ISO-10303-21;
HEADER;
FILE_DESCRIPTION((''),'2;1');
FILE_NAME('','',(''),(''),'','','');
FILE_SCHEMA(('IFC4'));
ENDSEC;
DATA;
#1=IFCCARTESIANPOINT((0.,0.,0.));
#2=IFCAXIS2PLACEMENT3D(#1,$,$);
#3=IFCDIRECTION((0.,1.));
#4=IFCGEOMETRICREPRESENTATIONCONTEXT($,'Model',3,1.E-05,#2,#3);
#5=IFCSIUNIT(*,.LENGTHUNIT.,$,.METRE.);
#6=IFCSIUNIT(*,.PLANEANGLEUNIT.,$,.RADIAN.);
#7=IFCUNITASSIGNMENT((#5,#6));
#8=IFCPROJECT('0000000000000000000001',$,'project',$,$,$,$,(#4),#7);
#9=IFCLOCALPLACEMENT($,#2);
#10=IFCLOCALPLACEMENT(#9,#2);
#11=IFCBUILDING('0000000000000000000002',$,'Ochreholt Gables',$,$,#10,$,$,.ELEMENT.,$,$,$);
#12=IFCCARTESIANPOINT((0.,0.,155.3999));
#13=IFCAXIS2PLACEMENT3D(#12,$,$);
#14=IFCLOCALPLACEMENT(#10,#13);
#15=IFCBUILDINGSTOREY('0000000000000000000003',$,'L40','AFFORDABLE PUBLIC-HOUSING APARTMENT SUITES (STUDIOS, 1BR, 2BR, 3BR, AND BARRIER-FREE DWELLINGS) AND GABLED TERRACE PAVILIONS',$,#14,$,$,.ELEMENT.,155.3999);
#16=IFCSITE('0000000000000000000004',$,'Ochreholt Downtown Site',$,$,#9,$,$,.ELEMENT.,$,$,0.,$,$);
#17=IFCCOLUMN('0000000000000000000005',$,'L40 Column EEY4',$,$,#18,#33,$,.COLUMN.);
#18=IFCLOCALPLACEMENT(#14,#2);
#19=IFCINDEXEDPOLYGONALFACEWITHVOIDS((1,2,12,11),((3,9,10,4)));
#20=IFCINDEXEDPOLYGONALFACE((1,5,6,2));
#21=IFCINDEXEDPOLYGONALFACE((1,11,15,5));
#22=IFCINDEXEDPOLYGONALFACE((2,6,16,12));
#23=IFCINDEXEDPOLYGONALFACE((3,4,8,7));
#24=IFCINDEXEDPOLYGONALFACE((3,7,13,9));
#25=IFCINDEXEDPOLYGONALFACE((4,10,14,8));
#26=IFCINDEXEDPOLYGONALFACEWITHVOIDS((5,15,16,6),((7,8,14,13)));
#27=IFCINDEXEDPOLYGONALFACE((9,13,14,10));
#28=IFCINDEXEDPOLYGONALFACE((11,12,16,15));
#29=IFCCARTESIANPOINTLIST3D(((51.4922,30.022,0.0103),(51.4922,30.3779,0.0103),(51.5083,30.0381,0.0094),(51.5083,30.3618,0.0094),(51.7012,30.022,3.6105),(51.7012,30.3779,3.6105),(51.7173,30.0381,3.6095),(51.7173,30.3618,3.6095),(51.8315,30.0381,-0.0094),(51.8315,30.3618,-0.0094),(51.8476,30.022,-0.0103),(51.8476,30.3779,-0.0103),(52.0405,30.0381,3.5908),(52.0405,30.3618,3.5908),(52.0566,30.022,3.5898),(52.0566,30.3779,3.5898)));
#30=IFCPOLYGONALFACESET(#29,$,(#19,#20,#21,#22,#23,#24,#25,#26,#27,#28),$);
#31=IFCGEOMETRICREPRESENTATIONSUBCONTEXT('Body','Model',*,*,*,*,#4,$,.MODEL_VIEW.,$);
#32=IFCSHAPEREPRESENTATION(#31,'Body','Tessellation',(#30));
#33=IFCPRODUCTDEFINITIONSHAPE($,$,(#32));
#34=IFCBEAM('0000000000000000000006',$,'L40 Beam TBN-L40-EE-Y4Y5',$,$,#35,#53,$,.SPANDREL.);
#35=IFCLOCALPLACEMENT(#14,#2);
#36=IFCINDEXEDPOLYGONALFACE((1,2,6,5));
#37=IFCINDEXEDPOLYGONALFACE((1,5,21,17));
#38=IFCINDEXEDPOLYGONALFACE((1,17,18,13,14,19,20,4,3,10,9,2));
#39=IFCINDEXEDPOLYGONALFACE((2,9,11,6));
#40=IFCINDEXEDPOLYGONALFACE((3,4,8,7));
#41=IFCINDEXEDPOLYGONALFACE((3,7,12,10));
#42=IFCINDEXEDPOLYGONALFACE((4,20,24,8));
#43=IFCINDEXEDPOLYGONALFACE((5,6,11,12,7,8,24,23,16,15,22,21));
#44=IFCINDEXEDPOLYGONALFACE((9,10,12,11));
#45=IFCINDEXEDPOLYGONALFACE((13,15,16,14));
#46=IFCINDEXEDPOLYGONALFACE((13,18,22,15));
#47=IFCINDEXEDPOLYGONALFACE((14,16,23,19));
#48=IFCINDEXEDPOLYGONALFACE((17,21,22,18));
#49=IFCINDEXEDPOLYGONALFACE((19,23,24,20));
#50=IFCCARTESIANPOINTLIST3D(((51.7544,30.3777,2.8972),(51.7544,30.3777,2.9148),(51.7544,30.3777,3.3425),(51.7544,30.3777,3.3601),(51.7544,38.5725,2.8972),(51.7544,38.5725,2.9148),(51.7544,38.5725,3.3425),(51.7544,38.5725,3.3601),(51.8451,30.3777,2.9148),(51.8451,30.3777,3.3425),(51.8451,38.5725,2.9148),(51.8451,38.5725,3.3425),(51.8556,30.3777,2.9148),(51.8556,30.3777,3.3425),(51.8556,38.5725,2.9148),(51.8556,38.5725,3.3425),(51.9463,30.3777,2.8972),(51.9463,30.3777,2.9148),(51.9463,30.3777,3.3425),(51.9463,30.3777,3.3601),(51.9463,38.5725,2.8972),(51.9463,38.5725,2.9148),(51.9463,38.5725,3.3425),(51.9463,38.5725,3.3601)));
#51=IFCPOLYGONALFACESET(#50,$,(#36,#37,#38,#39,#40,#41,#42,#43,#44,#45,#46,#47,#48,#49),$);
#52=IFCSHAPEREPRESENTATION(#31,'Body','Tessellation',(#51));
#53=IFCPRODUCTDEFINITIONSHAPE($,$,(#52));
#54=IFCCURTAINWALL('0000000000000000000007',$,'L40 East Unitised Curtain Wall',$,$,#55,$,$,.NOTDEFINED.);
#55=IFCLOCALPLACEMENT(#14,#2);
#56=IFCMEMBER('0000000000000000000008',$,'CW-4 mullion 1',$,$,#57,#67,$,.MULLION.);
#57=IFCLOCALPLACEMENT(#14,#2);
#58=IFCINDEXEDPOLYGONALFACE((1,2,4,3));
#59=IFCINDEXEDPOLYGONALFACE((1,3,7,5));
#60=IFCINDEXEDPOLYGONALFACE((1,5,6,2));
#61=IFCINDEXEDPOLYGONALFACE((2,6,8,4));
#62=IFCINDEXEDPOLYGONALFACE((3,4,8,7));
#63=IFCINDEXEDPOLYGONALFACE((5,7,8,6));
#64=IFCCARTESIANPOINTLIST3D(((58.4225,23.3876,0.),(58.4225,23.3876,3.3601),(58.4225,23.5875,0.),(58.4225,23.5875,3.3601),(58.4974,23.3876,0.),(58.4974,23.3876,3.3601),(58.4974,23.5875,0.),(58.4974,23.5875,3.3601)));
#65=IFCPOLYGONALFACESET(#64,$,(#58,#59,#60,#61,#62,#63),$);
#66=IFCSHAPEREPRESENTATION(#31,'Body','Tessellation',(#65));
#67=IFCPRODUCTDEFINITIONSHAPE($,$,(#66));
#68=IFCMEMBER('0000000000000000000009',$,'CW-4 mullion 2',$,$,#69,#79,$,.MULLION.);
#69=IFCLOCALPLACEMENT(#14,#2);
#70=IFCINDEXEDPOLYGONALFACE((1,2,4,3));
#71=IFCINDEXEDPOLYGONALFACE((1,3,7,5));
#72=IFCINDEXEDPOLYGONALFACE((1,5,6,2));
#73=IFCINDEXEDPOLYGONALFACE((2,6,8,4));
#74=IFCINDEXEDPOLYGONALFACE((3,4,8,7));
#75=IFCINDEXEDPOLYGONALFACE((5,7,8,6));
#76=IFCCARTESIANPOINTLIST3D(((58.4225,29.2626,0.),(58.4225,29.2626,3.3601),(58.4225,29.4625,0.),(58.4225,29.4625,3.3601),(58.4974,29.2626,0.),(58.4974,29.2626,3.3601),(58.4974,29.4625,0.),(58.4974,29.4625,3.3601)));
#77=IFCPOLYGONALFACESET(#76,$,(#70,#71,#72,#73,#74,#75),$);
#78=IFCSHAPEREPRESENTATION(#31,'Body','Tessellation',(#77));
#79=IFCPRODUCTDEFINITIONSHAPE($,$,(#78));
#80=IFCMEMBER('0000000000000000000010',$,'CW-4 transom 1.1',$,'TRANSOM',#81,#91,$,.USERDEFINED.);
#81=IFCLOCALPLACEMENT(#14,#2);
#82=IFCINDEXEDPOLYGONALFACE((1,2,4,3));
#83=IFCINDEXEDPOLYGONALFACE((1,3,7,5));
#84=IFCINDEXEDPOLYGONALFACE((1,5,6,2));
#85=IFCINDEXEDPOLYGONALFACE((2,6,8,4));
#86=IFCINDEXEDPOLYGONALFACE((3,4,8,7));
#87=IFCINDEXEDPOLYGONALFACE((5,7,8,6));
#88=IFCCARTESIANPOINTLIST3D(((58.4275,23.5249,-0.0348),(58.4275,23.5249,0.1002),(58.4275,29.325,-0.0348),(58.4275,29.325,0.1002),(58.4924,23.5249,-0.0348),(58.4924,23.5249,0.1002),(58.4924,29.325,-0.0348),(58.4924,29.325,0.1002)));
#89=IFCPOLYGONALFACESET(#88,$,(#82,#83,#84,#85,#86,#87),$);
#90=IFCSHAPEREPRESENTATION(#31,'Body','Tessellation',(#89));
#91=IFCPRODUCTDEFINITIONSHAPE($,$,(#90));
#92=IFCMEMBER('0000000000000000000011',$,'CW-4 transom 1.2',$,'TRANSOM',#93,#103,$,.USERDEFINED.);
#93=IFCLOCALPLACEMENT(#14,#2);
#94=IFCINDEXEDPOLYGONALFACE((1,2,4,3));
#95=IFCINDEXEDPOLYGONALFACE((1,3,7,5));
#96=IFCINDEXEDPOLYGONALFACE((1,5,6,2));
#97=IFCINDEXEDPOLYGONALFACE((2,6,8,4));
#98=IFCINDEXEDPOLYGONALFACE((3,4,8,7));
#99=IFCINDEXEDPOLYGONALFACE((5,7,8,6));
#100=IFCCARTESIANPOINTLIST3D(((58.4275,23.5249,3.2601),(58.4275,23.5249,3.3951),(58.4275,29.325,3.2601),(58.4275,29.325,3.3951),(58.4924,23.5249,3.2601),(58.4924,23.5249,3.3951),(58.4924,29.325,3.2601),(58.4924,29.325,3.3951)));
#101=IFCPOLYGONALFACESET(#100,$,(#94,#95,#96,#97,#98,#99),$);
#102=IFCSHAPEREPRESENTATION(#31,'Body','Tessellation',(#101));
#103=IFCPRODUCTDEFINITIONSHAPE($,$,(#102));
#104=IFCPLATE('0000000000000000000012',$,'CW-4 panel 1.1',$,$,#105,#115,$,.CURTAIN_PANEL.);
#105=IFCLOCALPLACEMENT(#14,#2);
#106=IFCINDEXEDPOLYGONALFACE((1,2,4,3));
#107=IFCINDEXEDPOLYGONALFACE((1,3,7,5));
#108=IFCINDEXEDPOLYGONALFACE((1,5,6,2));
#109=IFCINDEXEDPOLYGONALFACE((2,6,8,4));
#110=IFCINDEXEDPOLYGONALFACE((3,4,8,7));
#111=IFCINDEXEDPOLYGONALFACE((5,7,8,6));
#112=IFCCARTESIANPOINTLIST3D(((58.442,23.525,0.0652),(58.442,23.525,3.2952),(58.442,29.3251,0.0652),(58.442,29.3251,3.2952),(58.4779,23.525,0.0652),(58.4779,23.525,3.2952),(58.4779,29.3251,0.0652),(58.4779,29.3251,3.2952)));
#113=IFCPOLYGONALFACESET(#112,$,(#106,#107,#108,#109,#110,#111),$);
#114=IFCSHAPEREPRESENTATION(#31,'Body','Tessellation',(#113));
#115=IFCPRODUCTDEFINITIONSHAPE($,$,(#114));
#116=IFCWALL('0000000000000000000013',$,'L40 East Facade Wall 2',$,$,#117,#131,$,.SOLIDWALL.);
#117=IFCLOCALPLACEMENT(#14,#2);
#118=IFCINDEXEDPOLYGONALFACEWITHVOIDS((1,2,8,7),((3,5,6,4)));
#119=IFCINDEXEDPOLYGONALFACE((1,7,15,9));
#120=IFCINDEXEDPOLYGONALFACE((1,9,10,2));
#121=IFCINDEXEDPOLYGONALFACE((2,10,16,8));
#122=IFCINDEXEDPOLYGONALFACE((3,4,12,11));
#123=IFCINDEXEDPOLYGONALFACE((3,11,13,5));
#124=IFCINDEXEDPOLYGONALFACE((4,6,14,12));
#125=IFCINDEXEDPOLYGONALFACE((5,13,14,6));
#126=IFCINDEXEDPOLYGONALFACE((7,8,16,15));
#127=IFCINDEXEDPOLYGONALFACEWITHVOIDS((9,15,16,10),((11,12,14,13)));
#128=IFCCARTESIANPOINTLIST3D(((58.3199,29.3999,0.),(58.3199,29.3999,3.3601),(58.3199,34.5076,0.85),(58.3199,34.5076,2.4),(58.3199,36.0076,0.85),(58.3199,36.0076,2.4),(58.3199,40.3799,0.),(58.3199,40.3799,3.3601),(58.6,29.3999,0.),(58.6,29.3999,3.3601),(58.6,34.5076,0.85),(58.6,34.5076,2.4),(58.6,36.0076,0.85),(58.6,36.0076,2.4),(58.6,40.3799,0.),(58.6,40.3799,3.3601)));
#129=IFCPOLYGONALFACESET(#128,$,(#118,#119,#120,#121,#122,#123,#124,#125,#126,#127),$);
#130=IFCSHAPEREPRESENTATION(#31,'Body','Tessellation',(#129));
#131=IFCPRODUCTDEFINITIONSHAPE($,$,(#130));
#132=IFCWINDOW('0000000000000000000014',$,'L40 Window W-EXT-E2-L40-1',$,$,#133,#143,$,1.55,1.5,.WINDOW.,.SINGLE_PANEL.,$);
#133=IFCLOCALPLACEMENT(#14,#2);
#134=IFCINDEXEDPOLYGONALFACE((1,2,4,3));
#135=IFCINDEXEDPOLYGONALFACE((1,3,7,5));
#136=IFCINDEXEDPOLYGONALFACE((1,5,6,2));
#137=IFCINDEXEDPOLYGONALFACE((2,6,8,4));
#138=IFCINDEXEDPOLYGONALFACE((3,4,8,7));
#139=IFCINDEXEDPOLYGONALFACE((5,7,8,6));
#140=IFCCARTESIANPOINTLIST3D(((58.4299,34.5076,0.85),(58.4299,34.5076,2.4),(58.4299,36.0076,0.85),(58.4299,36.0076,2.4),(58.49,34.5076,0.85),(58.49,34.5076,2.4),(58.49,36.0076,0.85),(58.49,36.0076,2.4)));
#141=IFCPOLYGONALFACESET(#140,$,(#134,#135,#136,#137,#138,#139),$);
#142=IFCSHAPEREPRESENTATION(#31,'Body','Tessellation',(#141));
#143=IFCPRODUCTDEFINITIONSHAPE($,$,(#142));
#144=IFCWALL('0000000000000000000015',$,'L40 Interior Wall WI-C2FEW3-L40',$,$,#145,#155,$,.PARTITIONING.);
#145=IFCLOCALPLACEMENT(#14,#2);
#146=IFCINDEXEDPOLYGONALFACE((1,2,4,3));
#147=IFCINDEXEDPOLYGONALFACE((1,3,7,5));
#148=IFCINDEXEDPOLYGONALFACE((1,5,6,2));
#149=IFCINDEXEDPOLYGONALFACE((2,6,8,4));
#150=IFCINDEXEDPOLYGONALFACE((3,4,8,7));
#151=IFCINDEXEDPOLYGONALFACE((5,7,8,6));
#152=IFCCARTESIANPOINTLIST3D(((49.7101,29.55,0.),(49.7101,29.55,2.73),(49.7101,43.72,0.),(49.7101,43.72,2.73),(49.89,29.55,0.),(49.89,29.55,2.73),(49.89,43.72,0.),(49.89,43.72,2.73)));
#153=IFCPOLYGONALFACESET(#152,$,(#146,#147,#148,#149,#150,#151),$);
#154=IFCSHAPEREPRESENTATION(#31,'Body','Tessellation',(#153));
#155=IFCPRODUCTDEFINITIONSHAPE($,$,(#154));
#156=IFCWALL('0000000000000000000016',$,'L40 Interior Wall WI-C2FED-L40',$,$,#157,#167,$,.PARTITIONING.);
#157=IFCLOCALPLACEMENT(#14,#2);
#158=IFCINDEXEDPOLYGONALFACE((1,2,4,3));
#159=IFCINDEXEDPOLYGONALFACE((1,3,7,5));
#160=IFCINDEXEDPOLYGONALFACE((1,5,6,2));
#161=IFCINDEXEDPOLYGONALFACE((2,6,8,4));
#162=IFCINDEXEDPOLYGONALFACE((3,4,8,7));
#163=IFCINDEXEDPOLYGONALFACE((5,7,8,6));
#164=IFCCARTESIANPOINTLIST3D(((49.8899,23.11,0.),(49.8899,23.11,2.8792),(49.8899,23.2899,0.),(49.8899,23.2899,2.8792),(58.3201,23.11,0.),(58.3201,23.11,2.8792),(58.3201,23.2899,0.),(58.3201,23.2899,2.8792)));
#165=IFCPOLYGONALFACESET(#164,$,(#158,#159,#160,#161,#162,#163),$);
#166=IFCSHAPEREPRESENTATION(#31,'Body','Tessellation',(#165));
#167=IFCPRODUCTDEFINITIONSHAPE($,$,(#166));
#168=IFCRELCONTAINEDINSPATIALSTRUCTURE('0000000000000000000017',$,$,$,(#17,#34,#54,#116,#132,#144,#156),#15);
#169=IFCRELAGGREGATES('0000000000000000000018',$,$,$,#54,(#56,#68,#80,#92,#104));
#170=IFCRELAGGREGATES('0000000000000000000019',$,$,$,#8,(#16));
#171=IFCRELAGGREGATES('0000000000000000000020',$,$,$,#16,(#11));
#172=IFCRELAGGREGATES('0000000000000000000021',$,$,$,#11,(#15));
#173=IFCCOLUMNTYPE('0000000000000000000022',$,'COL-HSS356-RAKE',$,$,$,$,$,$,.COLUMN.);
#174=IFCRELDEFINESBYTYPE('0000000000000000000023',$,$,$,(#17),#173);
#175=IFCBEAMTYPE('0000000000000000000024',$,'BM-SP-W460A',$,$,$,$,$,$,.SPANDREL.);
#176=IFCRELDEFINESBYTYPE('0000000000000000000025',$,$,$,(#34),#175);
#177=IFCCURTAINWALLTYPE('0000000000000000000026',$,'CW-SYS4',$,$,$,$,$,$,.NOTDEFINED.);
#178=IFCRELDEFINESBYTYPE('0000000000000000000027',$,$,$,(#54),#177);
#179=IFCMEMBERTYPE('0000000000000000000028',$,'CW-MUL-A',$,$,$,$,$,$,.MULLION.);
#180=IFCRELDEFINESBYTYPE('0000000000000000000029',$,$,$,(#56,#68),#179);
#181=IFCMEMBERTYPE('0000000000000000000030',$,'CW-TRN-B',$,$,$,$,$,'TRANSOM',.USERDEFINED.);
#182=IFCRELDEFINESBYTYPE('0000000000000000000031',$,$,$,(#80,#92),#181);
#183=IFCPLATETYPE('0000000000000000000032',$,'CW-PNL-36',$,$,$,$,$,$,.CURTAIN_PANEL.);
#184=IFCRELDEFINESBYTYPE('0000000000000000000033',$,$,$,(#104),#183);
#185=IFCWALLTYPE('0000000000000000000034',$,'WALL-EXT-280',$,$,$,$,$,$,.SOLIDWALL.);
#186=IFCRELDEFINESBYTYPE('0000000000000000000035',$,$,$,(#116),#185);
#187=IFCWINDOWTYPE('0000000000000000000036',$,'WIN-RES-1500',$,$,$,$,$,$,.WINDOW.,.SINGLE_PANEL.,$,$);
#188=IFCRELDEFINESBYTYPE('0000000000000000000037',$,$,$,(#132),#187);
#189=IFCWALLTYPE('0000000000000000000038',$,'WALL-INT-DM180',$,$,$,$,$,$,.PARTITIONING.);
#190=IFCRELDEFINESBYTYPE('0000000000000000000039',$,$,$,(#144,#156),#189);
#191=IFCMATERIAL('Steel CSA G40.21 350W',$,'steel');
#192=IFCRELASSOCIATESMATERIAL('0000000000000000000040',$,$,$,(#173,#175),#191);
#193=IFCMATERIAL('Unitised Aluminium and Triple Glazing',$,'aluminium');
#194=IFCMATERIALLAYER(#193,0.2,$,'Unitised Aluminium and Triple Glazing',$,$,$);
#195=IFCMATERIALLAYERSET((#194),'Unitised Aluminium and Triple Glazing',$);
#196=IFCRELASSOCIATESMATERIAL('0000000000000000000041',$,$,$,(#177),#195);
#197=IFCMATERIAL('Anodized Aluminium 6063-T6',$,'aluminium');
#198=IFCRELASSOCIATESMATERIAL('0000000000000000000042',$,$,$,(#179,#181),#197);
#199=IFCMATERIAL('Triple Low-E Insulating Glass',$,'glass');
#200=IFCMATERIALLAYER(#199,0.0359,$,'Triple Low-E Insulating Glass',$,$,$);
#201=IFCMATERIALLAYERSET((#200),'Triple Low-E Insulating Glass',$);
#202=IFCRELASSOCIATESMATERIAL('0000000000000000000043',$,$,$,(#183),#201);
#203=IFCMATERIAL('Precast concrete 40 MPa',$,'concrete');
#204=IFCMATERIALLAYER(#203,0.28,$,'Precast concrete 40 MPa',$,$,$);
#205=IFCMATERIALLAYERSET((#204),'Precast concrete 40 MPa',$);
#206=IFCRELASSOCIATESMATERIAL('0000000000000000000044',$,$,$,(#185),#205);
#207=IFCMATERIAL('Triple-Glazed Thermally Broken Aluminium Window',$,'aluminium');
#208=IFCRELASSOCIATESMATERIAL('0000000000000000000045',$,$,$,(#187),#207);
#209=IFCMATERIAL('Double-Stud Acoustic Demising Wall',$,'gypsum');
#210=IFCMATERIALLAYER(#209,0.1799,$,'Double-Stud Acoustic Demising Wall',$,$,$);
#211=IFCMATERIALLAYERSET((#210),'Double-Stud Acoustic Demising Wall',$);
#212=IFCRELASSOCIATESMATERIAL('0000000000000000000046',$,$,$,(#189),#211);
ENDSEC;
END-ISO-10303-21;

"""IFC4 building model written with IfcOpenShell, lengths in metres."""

from ifc_helpers import new_model, si_unit, direction, frame, frame_2d, origin, origin_2d, place, context, subcontext, project, spatial, rectangle, hollow_rectangle, i_section, extrude, material, layer, layer_set, material_profile, profile_set, type_object, element, fill, aggregate, save


model = new_model("IFC4")

# Units and contexts
model_context = context("Model", 3, precision=1e-05, world=origin(), true_north=direction((0.0, 1.0)))
body_context = subcontext(model_context, "Body", "Model", "MODEL_VIEW")
ifc_project = project(units=[si_unit("LENGTHUNIT", "METRE"), si_unit("PLANEANGLEUNIT", "RADIAN")], contexts=[model_context])

# Site, building, storey
site_placement = place(None, origin())
site = spatial("IfcSite", under=ifc_project, at=site_placement, Name="Ochreholt Downtown Site", CompositionType="ELEMENT", RefElevation=0.0)
building_placement = place(site_placement, origin())
building = spatial("IfcBuilding", under=site, at=building_placement, Name="Ochreholt Gables", CompositionType="ELEMENT")
storey_placement = place(building_placement, frame((0.0, 0.0, 155.3999)))
storey = spatial("IfcBuildingStorey", under=building, at=storey_placement, Name="L40", Description="AFFORDABLE PUBLIC-HOUSING APARTMENT SUITES (STUDIOS, 1BR, 2BR, 3BR, AND BARRIER-FREE DWELLINGS) AND GABLED TERRACE PAVILIONS", CompositionType="ELEMENT", Elevation=155.3999)

# Column
ifc_material_1 = material(Name="Steel CSA G40.21 350W", Category="steel")
ifc_material_profile_1 = material_profile(ifc_material_1, hollow_rectangle(XDim=0.356, YDim=0.356, WallThickness=0.0161, at=origin_2d()), Name="HSS356X356X16")
ifc_profile_set_1 = profile_set([ifc_material_profile_1], Name="Steel CSA G40.21 350W")
column_type = type_object("IfcColumnType", Name="COL-HSS356-RAKE", PredefinedType="COLUMN", material=ifc_profile_set_1)
column_placement = place(storey_placement, frame((51.6699, 30.2, 0.0), z_axis=(0.057952, 0.0, 0.998319), x_axis=(0.0, 1.0, 0.0)))
element("IfcColumn", 1, at=column_placement, inside=storey, type_object=column_type, Name="L40 Column EEY4", PredefinedType="COLUMN", context=body_context, shape_type="SweptSolid", body=[
    extrude(hollow_rectangle(XDim=0.356, YDim=0.356, WallThickness=0.0161, at=origin_2d()), origin(), (0.0, 0.0, 1.0), 3.6062),
])

# Beam
ifc_material_profile_2 = material_profile(ifc_material_1, i_section(OverallWidth=0.1919, OverallDepth=0.4629, WebThickness=0.0105, FlangeThickness=0.0176, at=origin_2d()), Name="W460X89")
ifc_profile_set_2 = profile_set([ifc_material_profile_2], Name="Steel CSA G40.21 350W")
beam_type = type_object("IfcBeamType", Name="BM-SP-W460A", PredefinedType="SPANDREL", material=ifc_profile_set_2)
beam_placement = place(storey_placement, frame((51.8503, 30.3777, 3.1287), z_axis=(0.0, 1.0, 0.0), x_axis=(-1.0, 0.0, 0.0)))
element("IfcBeam", 2, at=beam_placement, inside=storey, type_object=beam_type, Name="L40 Beam TBN-L40-EE-Y4Y5", PredefinedType="SPANDREL", context=body_context, shape_type="SweptSolid", body=[
    extrude(i_section(OverallWidth=0.1919, OverallDepth=0.4629, WebThickness=0.0105, FlangeThickness=0.0176, at=origin_2d()), origin(), (0.0, 0.0, 1.0), 8.1948),
])

# Curtain wall, members, plate
ifc_material_2 = material(Name="Unitised Aluminium and Triple Glazing", Category="aluminium")
ifc_layer_1 = layer(ifc_material_2, 0.2, Name="Unitised Aluminium and Triple Glazing")
ifc_layer_set_1 = layer_set([ifc_layer_1], Name="Unitised Aluminium and Triple Glazing")
curtain_wall_type = type_object("IfcCurtainWallType", Name="CW-SYS4", PredefinedType="NOTDEFINED", material=ifc_layer_set_1)
curtain_wall_placement = place(storey_placement, origin())
curtain_wall = element("IfcCurtainWall", 3, at=curtain_wall_placement, inside=storey, type_object=curtain_wall_type, Name="L40 East Unitised Curtain Wall", PredefinedType="NOTDEFINED")
ifc_material_3 = material(Name="Anodized Aluminium 6063-T6", Category="aluminium")
ifc_material_profile_3 = material_profile(ifc_material_3, rectangle(XDim=0.075, YDim=0.2, at=origin_2d()), Name="CWM75X200")
ifc_profile_set_3 = profile_set([ifc_material_profile_3], Name="Anodized Aluminium 6063-T6")
member_type_1 = type_object("IfcMemberType", Name="CW-MUL-A", PredefinedType="MULLION", material=ifc_profile_set_3)
member_1_placement = place(storey_placement, frame((58.46, 23.4875, 0.0), z_axis=(0.0, 0.0, 1.0), x_axis=(-1.0, 0.0, 0.0)))
member_1 = element("IfcMember", 4, at=member_1_placement, type_object=member_type_1, Name="CW-4 mullion 1", PredefinedType="MULLION", context=body_context, shape_type="SweptSolid", body=[
    extrude(rectangle(XDim=0.075, YDim=0.2, at=origin_2d()), origin(), (0.0, 0.0, 1.0), 3.3601),
])
member_2_placement = place(storey_placement, frame((58.46, 29.3625, 0.0), z_axis=(0.0, 0.0, 1.0), x_axis=(-1.0, 0.0, 0.0)))
member_2 = element("IfcMember", 5, at=member_2_placement, type_object=member_type_1, Name="CW-4 mullion 2", PredefinedType="MULLION", context=body_context, shape_type="SweptSolid", body=[
    extrude(rectangle(XDim=0.075, YDim=0.2, at=origin_2d()), origin(), (0.0, 0.0, 1.0), 3.3601),
])
ifc_material_profile_4 = material_profile(ifc_material_3, rectangle(XDim=0.0649, YDim=0.135, at=origin_2d()), Name="CWT65X135")
ifc_profile_set_4 = profile_set([ifc_material_profile_4], Name="Anodized Aluminium 6063-T6")
member_type_2 = type_object("IfcMemberType", Name="CW-TRN-B", ElementType="TRANSOM", PredefinedType="USERDEFINED", material=ifc_profile_set_4)
member_3_placement = place(storey_placement, frame((58.46, 23.5249, 0.0327), z_axis=(0.0, 1.0, 0.0), x_axis=(-1.0, 0.0, 0.0)))
member_3 = element("IfcMember", 6, at=member_3_placement, type_object=member_type_2, Name="CW-4 transom 1.1", ObjectType="TRANSOM", PredefinedType="USERDEFINED", context=body_context, shape_type="SweptSolid", body=[
    extrude(rectangle(XDim=0.0649, YDim=0.135, at=origin_2d()), origin(), (0.0, 0.0, 1.0), 5.8),
])
member_4_placement = place(storey_placement, frame((58.46, 23.5249, 3.3276), z_axis=(0.0, 1.0, 0.0), x_axis=(-1.0, 0.0, 0.0)))
member_4 = element("IfcMember", 7, at=member_4_placement, type_object=member_type_2, Name="CW-4 transom 1.2", ObjectType="TRANSOM", PredefinedType="USERDEFINED", context=body_context, shape_type="SweptSolid", body=[
    extrude(rectangle(XDim=0.0649, YDim=0.135, at=origin_2d()), origin(), (0.0, 0.0, 1.0), 5.8),
])
ifc_material_4 = material(Name="Triple Low-E Insulating Glass", Category="glass")
ifc_layer_2 = layer(ifc_material_4, 0.0359, Name="Triple Low-E Insulating Glass")
ifc_layer_set_2 = layer_set([ifc_layer_2], Name="Triple Low-E Insulating Glass")
plate_type = type_object("IfcPlateType", Name="CW-PNL-36", PredefinedType="CURTAIN_PANEL", material=ifc_layer_set_2)
plate_placement = place(storey_placement, frame((58.46, 26.425, 0.0652), z_axis=(0.0, 0.0, 1.0), x_axis=(0.0, 1.0, 0.0)))
plate = element("IfcPlate", 8, at=plate_placement, type_object=plate_type, Name="CW-4 panel 1.1", PredefinedType="CURTAIN_PANEL", context=body_context, shape_type="SweptSolid", body=[
    extrude(rectangle(XDim=5.8, YDim=0.0359, at=origin_2d()), origin(), (0.0, 0.0, 1.0), 3.23),
])
aggregate(curtain_wall, [member_1, member_2, member_3, member_4, plate])

# Wall, opening, window
ifc_material_5 = material(Name="Precast concrete 40 MPa", Category="concrete")
ifc_layer_3 = layer(ifc_material_5, 0.28, Name="Precast concrete 40 MPa")
ifc_layer_set_3 = layer_set([ifc_layer_3], Name="Precast concrete 40 MPa")
wall_type_1 = type_object("IfcWallType", Name="WALL-EXT-280", PredefinedType="SOLIDWALL", material=ifc_layer_set_3)
wall_1_placement = place(storey_placement, frame((58.46, 29.3999, 0.0), z_axis=(0.0, 0.0, 1.0), x_axis=(0.0, 1.0, 0.0)))
wall_1 = element("IfcWall", 9, at=wall_1_placement, inside=storey, type_object=wall_type_1, Name="L40 East Facade Wall 2", PredefinedType="SOLIDWALL", context=body_context, shape_type="SweptSolid", body=[
    extrude(rectangle(XDim=10.98, YDim=0.28, at=frame_2d((5.49, 0.0))), origin(), (0.0, 0.0, 1.0), 3.3601),
])
opening_1_placement = place(wall_1_placement, frame((5.1077, 0.0, 0.8501)))
opening_1 = element("IfcOpeningElement", 10, at=opening_1_placement, cuts=wall_1, PredefinedType="OPENING", context=body_context, shape_type="SweptSolid", body=[
    extrude(rectangle(XDim=1.5, YDim=1.55, at=frame_2d((0.75, 0.7749))), frame((0.0, 0.1499, 0.0), z_axis=(0.0, -1.0, 0.0), x_axis=(1.0, 0.0, 0.0)), (0.0, 0.0, 1.0), 0.3),
])
ifc_material_6 = material(Name="Triple-Glazed Thermally Broken Aluminium Window", Category="aluminium")
window_type = type_object("IfcWindowType", Name="WIN-RES-1500", PartitioningType="SINGLE_PANEL", PredefinedType="WINDOW", material=ifc_material_6)
window_placement = place(opening_1_placement, origin())
window = element("IfcWindow", 11, at=window_placement, inside=storey, type_object=window_type, Name="L40 Window W-EXT-E2-L40-1", OverallHeight=1.55, OverallWidth=1.5, PartitioningType="SINGLE_PANEL", PredefinedType="WINDOW", context=body_context, shape_type="SweptSolid", body=[
    extrude(rectangle(XDim=1.5, YDim=1.55, at=frame_2d((0.75, 0.7749))), frame((0.0, 0.03, 0.0), z_axis=(0.0, -1.0, 0.0), x_axis=(1.0, 0.0, 0.0)), (0.0, 0.0, 1.0), 0.0601),
])
fill(opening_1, window)

# Walls
ifc_material_7 = material(Name="Double-Stud Acoustic Demising Wall", Category="gypsum")
ifc_layer_4 = layer(ifc_material_7, 0.1799, Name="Double-Stud Acoustic Demising Wall")
ifc_layer_set_4 = layer_set([ifc_layer_4], Name="Double-Stud Acoustic Demising Wall")
wall_type_2 = type_object("IfcWallType", Name="WALL-INT-DM180", PredefinedType="PARTITIONING", material=ifc_layer_set_4)
wall_2_placement = place(storey_placement, frame((49.8, 29.55, 0.0), z_axis=(0.0, 0.0, 1.0), x_axis=(0.0, 1.0, 0.0)))
element("IfcWall", 12, at=wall_2_placement, inside=storey, type_object=wall_type_2, Name="L40 Interior Wall WI-C2FEW3-L40", PredefinedType="PARTITIONING", context=body_context, shape_type="SweptSolid", body=[
    extrude(rectangle(XDim=14.1699, YDim=0.1799, at=frame_2d((7.085, 0.0))), origin(), (0.0, 0.0, 1.0), 2.73),
])
wall_3_placement = place(storey_placement, frame((49.8899, 23.2, 0.0), z_axis=(0.0, 0.0, 1.0), x_axis=(1.0, 0.0, 0.0)))
element("IfcWall", 13, at=wall_3_placement, inside=storey, type_object=wall_type_2, Name="L40 Interior Wall WI-C2FED-L40", PredefinedType="PARTITIONING", context=body_context, shape_type="SweptSolid", body=[
    extrude(rectangle(XDim=8.4302, YDim=0.1799, at=frame_2d((4.2151, 0.0))), origin(), (0.0, 0.0, 1.0), 2.8792),
])

save(model, "model.ifc")
